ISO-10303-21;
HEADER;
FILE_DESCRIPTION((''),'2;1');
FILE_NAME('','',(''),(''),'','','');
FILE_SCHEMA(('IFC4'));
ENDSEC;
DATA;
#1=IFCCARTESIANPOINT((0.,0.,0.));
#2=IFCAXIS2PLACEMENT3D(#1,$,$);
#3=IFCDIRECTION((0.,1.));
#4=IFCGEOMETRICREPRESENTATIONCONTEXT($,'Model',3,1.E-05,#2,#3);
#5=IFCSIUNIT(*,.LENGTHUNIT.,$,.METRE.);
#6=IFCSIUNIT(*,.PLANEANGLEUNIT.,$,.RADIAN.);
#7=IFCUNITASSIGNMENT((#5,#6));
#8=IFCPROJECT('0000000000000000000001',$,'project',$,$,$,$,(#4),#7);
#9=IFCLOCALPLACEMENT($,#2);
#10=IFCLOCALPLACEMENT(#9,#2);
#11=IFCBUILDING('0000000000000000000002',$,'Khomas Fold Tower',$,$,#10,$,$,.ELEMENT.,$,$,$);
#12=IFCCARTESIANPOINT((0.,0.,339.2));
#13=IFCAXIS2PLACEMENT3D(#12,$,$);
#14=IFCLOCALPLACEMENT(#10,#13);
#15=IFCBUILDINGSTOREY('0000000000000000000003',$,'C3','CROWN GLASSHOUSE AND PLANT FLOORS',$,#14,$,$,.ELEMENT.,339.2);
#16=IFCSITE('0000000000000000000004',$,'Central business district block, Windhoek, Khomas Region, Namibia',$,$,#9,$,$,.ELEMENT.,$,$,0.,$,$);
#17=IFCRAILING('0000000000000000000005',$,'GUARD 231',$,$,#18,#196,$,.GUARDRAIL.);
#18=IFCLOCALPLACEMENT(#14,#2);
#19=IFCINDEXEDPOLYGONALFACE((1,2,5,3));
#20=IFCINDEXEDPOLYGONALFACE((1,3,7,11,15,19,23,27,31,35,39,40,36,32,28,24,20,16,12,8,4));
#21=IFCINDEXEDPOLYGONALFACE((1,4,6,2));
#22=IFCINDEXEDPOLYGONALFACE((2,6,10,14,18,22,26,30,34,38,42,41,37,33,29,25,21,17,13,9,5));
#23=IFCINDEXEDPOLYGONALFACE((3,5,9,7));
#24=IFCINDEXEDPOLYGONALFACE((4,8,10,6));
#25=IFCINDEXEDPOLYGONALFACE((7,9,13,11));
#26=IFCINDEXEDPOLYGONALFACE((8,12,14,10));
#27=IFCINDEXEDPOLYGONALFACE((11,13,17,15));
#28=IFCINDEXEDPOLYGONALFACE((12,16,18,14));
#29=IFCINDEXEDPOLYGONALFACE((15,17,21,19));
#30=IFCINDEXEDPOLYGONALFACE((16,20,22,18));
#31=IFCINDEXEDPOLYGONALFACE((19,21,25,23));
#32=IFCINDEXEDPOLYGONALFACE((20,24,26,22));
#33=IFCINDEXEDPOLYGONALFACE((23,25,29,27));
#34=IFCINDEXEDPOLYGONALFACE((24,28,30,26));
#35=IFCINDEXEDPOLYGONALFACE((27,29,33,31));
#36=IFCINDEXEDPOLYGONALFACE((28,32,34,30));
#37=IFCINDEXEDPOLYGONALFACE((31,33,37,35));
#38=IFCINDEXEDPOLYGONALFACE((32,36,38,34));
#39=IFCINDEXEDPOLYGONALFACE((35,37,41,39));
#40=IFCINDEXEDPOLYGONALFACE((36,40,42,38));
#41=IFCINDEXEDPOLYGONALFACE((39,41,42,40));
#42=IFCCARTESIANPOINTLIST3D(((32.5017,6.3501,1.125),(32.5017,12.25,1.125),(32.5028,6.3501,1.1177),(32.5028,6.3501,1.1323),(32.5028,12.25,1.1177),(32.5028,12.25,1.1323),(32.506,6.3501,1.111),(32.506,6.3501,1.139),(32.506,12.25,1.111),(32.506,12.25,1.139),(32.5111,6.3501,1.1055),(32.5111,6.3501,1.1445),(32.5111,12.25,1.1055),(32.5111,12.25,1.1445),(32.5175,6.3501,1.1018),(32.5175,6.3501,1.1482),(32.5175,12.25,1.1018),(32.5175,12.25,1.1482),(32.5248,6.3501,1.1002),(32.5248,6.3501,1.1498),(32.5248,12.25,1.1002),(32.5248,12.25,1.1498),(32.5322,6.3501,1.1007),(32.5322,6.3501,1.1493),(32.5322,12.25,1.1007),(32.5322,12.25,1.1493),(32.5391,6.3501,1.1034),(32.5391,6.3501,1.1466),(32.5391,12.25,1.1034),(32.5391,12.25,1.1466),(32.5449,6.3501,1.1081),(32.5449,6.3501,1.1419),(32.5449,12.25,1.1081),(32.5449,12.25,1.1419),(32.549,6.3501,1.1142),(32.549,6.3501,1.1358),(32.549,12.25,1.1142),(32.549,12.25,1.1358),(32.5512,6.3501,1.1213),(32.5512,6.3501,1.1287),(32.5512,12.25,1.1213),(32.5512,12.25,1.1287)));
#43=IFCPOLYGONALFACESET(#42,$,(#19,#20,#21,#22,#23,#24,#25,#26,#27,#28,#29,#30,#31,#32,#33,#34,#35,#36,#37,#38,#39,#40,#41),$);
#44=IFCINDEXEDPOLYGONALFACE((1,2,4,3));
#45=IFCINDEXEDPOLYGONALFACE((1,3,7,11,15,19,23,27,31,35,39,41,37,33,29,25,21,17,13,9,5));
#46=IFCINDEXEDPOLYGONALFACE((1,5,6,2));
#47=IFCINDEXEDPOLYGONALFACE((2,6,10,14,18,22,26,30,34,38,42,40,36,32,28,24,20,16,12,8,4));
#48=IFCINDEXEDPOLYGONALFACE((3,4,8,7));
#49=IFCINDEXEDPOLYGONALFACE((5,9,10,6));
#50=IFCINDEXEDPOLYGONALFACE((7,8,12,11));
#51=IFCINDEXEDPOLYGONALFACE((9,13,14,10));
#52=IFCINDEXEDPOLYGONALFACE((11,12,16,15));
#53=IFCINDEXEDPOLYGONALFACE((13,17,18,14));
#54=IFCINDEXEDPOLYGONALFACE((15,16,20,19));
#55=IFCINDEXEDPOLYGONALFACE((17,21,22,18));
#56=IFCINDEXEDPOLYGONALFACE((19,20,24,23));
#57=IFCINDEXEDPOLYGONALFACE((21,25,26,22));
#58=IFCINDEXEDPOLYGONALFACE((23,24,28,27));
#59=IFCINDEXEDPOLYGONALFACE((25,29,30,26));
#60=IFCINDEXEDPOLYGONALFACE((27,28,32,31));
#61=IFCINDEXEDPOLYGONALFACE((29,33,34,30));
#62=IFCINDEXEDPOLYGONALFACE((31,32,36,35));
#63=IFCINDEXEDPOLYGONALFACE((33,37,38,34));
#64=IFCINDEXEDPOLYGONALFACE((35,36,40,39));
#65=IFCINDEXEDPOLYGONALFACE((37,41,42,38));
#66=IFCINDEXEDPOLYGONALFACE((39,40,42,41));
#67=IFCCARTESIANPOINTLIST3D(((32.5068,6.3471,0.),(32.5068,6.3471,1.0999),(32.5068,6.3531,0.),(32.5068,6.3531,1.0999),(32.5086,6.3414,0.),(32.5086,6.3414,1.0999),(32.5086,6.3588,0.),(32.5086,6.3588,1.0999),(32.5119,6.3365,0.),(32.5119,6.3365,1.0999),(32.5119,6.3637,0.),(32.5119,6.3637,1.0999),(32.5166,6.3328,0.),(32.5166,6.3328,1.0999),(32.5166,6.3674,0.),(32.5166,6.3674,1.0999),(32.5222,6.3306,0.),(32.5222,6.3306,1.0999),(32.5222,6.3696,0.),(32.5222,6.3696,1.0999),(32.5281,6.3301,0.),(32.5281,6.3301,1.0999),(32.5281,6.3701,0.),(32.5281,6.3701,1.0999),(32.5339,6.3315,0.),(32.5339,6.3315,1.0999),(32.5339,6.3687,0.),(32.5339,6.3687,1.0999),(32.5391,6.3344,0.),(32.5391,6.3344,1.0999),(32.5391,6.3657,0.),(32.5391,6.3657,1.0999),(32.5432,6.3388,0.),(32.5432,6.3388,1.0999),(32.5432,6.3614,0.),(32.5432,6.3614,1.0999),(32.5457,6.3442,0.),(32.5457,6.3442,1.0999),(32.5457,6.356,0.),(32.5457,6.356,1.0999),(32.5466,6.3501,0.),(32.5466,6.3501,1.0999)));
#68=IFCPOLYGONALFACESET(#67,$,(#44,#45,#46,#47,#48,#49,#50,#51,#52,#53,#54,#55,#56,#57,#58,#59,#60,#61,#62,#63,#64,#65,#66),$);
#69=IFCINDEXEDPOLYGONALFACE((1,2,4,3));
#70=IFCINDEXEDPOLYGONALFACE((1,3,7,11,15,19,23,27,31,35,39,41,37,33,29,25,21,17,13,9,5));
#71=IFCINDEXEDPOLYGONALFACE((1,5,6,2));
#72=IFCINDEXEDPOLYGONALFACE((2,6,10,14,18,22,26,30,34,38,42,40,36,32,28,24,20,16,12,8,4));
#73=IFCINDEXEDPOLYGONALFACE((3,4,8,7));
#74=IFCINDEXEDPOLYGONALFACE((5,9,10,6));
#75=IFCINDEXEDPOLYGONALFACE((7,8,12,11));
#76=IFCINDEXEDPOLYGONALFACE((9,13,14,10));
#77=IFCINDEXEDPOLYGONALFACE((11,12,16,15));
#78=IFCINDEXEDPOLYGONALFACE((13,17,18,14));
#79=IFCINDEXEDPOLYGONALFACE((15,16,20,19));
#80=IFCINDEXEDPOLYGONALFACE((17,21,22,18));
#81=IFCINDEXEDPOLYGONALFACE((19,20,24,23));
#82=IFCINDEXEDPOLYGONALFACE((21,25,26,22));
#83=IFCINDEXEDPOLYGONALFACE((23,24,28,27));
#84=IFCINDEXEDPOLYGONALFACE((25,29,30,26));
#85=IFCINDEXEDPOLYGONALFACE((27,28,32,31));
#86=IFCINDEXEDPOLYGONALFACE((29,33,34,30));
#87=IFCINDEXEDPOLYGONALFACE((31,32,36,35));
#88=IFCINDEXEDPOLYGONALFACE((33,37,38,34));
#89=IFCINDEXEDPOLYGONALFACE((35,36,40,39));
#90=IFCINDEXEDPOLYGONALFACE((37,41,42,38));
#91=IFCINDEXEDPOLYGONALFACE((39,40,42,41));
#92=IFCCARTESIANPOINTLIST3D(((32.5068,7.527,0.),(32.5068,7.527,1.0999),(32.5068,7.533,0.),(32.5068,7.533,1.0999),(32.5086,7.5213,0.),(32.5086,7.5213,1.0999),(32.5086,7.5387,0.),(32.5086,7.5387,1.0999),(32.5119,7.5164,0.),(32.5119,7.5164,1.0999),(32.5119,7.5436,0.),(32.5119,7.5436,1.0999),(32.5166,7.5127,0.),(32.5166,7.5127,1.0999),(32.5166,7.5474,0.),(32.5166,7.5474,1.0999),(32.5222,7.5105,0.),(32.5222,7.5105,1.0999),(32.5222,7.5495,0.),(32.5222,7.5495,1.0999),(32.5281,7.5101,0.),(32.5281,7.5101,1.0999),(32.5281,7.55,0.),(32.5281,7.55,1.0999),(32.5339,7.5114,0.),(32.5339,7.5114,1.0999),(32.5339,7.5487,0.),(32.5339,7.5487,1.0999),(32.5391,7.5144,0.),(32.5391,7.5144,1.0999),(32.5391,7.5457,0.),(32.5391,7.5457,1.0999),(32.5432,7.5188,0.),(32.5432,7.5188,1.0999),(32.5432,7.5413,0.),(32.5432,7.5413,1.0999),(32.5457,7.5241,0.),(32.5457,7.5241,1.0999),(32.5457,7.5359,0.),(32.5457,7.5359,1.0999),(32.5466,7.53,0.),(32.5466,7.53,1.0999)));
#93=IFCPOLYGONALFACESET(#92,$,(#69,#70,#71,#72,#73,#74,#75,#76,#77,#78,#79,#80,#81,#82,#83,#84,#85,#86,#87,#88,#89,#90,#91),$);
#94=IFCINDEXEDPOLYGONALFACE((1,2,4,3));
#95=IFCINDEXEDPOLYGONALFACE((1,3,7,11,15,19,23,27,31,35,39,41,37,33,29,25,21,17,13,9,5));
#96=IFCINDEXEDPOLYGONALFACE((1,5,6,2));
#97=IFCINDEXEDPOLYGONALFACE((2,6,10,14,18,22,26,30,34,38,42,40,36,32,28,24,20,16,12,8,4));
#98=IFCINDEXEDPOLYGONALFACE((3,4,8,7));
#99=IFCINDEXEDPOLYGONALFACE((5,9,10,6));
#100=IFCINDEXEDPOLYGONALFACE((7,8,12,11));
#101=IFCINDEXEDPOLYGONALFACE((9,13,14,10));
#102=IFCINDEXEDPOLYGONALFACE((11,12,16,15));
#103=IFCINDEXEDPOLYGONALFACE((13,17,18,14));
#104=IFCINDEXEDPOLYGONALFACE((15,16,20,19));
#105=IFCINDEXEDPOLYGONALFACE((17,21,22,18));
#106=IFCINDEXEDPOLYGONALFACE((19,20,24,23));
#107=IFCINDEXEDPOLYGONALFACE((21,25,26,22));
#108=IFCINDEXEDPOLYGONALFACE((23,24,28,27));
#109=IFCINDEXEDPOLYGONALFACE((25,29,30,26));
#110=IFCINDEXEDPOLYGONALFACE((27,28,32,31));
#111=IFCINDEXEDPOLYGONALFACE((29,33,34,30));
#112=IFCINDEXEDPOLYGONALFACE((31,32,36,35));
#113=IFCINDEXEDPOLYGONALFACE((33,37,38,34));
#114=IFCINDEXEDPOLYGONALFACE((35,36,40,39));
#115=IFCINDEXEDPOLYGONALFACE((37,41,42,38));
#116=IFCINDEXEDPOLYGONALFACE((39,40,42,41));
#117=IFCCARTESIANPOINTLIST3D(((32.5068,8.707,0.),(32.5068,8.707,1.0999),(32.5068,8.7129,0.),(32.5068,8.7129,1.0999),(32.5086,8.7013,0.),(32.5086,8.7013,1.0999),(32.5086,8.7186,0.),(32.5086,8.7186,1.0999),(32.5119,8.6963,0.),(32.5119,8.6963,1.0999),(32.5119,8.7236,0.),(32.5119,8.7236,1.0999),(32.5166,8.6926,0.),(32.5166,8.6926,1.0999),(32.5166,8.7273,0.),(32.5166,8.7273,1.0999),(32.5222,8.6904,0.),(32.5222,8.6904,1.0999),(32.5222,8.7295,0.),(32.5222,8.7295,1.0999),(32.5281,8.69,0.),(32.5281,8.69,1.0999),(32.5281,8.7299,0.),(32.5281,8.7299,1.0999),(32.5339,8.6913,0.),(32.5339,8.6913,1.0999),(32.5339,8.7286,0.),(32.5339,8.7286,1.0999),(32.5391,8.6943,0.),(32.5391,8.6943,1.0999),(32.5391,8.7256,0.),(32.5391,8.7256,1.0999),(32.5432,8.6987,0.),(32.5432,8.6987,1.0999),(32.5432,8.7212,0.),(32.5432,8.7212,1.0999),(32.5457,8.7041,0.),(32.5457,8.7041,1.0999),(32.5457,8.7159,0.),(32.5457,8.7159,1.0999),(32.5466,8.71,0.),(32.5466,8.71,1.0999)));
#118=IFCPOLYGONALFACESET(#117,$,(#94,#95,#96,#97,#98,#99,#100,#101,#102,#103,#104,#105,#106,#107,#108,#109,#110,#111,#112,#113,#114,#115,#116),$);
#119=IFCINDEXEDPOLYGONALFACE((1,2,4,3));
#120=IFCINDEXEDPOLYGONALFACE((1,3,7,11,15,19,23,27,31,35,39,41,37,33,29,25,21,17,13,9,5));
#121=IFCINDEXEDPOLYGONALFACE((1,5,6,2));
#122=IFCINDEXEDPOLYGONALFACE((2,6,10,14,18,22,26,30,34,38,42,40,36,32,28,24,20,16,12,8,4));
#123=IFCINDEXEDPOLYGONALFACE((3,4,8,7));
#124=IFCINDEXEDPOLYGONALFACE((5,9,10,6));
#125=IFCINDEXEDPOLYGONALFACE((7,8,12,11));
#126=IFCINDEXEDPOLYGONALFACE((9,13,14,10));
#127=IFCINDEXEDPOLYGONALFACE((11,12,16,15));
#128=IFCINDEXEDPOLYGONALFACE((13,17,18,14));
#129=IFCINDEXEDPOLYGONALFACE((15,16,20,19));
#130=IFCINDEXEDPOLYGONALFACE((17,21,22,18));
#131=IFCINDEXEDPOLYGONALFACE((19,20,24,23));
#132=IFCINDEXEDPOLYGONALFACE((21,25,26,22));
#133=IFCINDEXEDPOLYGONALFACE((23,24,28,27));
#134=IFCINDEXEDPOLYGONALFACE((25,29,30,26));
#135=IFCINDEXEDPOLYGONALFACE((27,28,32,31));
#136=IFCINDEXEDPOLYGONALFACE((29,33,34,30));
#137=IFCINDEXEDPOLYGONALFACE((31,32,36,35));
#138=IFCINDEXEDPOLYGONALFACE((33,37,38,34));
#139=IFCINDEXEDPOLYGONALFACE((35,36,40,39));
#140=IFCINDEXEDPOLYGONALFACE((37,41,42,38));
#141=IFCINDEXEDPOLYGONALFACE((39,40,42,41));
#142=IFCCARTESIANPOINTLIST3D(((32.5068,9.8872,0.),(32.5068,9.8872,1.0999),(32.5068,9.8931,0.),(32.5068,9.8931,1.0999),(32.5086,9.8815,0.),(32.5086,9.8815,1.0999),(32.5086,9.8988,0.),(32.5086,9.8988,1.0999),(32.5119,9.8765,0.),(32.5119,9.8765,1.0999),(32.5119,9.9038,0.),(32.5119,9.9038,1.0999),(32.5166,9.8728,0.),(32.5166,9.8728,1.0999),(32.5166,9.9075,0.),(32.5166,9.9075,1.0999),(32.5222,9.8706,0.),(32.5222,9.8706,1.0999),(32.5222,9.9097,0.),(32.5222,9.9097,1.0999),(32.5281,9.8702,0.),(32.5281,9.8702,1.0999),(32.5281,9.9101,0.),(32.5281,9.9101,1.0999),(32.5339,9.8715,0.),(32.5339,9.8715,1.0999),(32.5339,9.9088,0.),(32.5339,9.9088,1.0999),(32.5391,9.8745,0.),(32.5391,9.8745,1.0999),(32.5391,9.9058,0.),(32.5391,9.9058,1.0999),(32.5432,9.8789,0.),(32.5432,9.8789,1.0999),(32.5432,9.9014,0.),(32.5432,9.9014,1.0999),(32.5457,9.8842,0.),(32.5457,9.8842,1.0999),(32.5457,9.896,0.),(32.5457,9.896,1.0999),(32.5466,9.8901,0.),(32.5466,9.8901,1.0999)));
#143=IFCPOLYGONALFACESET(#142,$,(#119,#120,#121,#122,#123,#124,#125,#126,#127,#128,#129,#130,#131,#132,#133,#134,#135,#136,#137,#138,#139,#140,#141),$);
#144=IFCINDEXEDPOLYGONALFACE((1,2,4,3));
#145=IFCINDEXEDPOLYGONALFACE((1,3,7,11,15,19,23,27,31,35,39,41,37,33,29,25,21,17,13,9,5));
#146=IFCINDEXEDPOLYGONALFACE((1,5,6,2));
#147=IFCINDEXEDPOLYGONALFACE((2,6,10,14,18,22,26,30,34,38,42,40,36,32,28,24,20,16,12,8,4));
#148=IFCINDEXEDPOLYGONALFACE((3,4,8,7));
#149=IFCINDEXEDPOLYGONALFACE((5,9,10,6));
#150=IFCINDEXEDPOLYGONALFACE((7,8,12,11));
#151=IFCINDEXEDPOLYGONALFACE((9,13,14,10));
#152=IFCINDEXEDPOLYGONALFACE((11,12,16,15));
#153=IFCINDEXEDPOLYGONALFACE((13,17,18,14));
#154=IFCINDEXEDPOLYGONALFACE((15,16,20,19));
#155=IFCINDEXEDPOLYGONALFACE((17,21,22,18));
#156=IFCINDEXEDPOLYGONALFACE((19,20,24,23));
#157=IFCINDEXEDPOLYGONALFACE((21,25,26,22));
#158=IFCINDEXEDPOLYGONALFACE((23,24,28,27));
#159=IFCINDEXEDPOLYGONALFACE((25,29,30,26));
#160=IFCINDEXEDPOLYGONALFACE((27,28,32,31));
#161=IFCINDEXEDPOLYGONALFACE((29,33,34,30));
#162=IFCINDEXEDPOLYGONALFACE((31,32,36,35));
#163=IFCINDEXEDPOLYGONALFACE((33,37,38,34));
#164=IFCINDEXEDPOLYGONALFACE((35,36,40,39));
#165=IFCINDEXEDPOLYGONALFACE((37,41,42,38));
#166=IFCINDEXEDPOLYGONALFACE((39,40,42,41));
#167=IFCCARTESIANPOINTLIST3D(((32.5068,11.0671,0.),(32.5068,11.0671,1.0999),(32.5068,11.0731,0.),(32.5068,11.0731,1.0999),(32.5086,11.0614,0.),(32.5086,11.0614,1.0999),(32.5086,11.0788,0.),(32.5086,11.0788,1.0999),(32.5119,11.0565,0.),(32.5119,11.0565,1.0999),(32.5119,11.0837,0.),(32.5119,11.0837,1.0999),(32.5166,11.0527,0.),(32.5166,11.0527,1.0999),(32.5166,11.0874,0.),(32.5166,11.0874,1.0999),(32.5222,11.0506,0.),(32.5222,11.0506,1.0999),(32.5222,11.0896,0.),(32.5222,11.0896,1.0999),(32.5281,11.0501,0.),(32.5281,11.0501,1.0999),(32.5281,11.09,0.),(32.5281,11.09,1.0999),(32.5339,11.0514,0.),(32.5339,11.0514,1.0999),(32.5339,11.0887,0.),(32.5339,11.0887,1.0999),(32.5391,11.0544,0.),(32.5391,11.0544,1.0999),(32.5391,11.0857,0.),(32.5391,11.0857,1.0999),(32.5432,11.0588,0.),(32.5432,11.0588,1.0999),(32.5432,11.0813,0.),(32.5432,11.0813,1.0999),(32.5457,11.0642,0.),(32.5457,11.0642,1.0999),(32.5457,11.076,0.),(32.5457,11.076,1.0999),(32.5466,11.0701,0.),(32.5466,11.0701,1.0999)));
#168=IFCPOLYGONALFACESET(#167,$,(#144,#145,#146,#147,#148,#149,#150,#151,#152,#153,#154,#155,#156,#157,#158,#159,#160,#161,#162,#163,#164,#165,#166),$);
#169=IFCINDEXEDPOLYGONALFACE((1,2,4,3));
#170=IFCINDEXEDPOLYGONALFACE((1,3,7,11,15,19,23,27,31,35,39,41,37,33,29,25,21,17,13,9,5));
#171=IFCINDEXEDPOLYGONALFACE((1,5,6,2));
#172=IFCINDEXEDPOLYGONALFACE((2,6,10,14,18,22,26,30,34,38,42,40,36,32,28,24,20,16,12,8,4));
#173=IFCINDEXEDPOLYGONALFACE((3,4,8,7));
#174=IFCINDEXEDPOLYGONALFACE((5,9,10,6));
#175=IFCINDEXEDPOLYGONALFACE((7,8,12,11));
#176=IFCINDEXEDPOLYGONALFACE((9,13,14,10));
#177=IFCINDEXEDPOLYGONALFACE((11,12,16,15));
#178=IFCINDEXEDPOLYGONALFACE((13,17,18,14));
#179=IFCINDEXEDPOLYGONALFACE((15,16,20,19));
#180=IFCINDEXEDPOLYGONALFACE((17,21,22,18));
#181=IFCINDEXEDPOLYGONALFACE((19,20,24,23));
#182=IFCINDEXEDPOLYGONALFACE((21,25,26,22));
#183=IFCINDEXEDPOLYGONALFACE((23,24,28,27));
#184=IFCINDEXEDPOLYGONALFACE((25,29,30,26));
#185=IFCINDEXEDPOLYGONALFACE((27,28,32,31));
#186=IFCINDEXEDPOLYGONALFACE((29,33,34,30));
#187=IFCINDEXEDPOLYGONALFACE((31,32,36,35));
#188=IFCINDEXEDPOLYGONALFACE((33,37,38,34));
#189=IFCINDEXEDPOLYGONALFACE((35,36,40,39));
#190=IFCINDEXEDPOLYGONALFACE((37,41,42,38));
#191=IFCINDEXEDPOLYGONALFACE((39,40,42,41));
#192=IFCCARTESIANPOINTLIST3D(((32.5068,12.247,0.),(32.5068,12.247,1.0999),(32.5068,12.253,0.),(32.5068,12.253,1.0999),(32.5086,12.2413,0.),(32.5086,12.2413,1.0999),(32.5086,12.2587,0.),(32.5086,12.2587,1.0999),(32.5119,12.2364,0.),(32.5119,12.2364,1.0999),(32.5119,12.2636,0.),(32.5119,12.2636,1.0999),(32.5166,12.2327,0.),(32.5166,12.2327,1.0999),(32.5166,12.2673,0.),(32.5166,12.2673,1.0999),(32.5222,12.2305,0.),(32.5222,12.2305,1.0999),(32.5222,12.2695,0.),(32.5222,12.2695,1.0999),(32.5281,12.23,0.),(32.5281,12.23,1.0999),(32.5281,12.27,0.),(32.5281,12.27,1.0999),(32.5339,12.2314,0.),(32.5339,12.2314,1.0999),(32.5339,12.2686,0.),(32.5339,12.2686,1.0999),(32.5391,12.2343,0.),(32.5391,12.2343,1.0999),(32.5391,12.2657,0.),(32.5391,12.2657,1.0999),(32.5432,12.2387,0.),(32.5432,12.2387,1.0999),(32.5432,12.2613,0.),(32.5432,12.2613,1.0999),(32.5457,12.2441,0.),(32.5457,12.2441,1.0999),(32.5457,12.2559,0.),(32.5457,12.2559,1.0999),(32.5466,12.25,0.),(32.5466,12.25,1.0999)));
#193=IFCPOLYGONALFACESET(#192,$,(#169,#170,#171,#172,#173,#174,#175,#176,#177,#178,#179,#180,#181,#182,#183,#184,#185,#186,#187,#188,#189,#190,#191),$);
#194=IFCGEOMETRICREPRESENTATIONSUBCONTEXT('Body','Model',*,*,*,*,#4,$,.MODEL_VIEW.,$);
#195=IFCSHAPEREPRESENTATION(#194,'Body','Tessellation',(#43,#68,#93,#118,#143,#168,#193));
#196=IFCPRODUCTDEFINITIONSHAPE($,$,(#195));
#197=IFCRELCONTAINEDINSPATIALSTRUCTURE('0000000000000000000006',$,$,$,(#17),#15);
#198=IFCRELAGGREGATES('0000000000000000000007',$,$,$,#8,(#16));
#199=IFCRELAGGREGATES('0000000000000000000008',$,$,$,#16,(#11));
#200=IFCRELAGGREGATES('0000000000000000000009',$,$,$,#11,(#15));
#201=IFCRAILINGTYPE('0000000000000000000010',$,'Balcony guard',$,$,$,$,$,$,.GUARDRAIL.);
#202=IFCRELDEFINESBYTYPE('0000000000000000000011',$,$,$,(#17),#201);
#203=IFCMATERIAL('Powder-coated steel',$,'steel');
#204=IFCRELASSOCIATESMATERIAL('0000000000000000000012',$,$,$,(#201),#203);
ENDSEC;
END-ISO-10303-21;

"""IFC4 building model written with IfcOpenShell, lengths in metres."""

from ifc_helpers import new_model, si_unit, direction, frame, origin, origin_2d, place, context, subcontext, project, spatial, circle, extrude, source, transform, mapped, material, type_object, element, save


model = new_model("IFC4")

# Units and contexts
model_context = context("Model", 3, precision=1e-05, world=origin(), true_north=direction((0.0, 1.0)))
body_context = subcontext(model_context, "Body", "Model", "MODEL_VIEW")
ifc_project = project(units=[si_unit("LENGTHUNIT", "METRE"), si_unit("PLANEANGLEUNIT", "RADIAN")], contexts=[model_context])

# Site, building, storey
site_placement = place(None, origin())
site = spatial("IfcSite", under=ifc_project, at=site_placement, Name="Central business district block, Windhoek, Khomas Region, Namibia", CompositionType="ELEMENT", RefElevation=0.0)
building_placement = place(site_placement, origin())
building = spatial("IfcBuilding", under=site, at=building_placement, Name="Khomas Fold Tower", CompositionType="ELEMENT")
storey_placement = place(building_placement, frame((0.0, 0.0, 339.2)))
storey = spatial("IfcBuildingStorey", under=building, at=storey_placement, Name="C3", Description="CROWN GLASSHOUSE AND PLANT FLOORS", CompositionType="ELEMENT", Elevation=339.2)

# Railing
ifc_material_1 = material(Name="Powder-coated steel", Category="steel")
railing_type = type_object("IfcRailingType", Name="Balcony guard", PredefinedType="GUARDRAIL", material=ifc_material_1)
shared_shape_1 = source(origin(), body_context, "Body", "SweptSolid", [
    extrude(circle(Radius=0.0249, at=origin_2d()), frame((0.0, 0.0, 1.125), z_axis=(0.0, 1.0, 0.0), x_axis=(-1.0, 0.0, 0.0)), (0.0, 0.0, 1.0), 5.8999),
    extrude(circle(Radius=0.02, at=origin_2d()), origin(), (0.0, 0.0, 1.0), 1.0999),
    extrude(circle(Radius=0.02, at=origin_2d()), frame((0.0, 1.1799, 0.0)), (0.0, 0.0, 1.0), 1.0999),
    extrude(circle(Radius=0.02, at=origin_2d()), frame((0.0, 2.3599, 0.0)), (0.0, 0.0, 1.0), 1.0999),
    extrude(circle(Radius=0.02, at=origin_2d()), frame((0.0, 3.54, 0.0)), (0.0, 0.0, 1.0), 1.0999),
    extrude(circle(Radius=0.02, at=origin_2d()), frame((0.0, 4.72, 0.0)), (0.0, 0.0, 1.0), 1.0999),
    extrude(circle(Radius=0.02, at=origin_2d()), frame((0.0, 5.8999, 0.0)), (0.0, 0.0, 1.0), 1.0999),
])
for number, where, name in (
    (1, (32.5266, 6.3501, 0.0), "GUARD 231"),
):
    element("IfcRailing", number, at=place(storey_placement, frame(where)), inside=storey, type_object=railing_type, Name=name, PredefinedType="GUARDRAIL", context=body_context, shape_type="MappedRepresentation", body=[
        mapped(shared_shape_1, transform((0.0, 0.0, 0.0))),
    ])

save(model, "model.ifc")
